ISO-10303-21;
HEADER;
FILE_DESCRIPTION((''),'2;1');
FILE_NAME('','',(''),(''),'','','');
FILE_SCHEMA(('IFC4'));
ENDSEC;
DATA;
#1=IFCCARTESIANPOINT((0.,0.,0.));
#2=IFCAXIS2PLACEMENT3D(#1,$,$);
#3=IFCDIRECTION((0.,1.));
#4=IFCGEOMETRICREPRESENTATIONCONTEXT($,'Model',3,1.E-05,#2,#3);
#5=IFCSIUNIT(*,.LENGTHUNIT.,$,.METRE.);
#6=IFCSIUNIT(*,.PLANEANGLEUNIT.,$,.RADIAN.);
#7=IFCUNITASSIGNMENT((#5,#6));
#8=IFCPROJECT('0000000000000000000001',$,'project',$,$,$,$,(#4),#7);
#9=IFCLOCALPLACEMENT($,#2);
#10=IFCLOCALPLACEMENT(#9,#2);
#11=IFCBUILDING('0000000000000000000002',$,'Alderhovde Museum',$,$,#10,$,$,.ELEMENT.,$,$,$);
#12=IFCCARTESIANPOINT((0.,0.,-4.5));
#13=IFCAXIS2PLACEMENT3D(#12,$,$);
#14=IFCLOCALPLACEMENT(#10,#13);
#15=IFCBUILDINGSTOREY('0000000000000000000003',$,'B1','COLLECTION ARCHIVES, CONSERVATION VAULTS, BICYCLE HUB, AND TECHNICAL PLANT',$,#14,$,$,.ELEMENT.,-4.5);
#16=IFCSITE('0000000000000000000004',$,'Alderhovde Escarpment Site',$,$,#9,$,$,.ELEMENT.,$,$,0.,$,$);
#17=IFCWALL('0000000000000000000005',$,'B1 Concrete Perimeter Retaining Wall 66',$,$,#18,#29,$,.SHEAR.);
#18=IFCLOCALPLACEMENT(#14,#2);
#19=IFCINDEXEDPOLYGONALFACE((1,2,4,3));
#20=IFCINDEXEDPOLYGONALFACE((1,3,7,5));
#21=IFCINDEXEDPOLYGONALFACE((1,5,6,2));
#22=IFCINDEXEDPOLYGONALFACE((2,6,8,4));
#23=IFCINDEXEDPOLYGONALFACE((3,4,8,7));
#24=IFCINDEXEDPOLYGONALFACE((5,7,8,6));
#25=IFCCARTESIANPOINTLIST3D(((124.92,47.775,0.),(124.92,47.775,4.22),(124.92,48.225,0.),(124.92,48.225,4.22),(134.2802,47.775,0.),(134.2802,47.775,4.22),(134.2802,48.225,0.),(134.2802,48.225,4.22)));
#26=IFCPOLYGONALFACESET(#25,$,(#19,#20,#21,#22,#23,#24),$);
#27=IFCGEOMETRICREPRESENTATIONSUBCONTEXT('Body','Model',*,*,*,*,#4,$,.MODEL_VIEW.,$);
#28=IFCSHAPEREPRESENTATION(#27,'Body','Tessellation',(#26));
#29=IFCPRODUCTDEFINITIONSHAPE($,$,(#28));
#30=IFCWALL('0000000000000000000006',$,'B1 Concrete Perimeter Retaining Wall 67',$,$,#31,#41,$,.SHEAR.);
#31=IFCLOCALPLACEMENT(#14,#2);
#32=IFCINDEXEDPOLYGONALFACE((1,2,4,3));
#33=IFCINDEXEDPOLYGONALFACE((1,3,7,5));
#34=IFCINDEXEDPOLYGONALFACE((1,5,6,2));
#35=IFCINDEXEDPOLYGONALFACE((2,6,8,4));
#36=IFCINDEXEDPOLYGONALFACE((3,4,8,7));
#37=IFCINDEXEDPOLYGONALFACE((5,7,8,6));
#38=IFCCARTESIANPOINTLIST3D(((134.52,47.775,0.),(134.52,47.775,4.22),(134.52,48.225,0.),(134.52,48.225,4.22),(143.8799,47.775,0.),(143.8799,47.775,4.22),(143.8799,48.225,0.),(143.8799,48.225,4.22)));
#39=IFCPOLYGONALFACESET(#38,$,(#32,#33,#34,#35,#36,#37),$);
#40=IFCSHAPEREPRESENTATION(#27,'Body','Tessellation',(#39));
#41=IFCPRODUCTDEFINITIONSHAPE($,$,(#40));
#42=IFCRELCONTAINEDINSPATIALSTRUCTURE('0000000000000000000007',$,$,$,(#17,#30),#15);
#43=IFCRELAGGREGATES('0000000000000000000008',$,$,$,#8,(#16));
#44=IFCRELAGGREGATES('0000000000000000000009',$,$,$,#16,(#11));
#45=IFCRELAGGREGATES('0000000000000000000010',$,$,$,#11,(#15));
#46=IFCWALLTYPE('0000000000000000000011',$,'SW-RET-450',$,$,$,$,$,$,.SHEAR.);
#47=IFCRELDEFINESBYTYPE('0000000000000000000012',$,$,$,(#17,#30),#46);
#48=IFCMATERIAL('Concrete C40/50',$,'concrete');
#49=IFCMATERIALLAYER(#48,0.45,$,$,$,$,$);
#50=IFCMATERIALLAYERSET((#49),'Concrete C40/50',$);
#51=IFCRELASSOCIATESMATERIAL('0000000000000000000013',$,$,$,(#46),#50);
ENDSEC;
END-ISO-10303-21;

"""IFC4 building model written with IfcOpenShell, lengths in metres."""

from ifc_helpers import new_model, si_unit, direction, frame, frame_2d, origin, place, context, subcontext, project, spatial, rectangle, extrude, material, layer, layer_set, type_object, element, save


model = new_model("IFC4")

# Units and contexts
model_context = context("Model", 3, precision=1e-05, world=origin(), true_north=direction((0.0, 1.0)))
body_context = subcontext(model_context, "Body", "Model", "MODEL_VIEW")
ifc_project = project(units=[si_unit("LENGTHUNIT", "METRE"), si_unit("PLANEANGLEUNIT", "RADIAN")], contexts=[model_context])

# Site, building, storey
site_placement = place(None, origin())
site = spatial("IfcSite", under=ifc_project, at=site_placement, Name="Alderhovde Escarpment Site", CompositionType="ELEMENT", RefElevation=0.0)
building_placement = place(site_placement, origin())
building = spatial("IfcBuilding", under=site, at=building_placement, Name="Alderhovde Museum", CompositionType="ELEMENT")
storey_placement = place(building_placement, frame((0.0, 0.0, -4.5)))
storey = spatial("IfcBuildingStorey", under=building, at=storey_placement, Name="B1", Description="COLLECTION ARCHIVES, CONSERVATION VAULTS, BICYCLE HUB, AND TECHNICAL PLANT", CompositionType="ELEMENT", Elevation=-4.5)

# Walls
ifc_material_1 = material(Name="Concrete C40/50", Category="concrete")
ifc_layer = layer(ifc_material_1, 0.45)
ifc_layer_set = layer_set([ifc_layer], Name="Concrete C40/50")
wall_type = type_object("IfcWallType", Name="SW-RET-450", PredefinedType="SHEAR", material=ifc_layer_set)
wall_1_placement = place(storey_placement, frame((124.9199, 48.0, 0.0), z_axis=(0.0, 0.0, 1.0), x_axis=(1.0, 0.0, 0.0)))
element("IfcWall", 1, at=wall_1_placement, inside=storey, type_object=wall_type, Name="B1 Concrete Perimeter Retaining Wall 66", PredefinedType="SHEAR", context=body_context, shape_type="SweptSolid", body=[
    extrude(rectangle(XDim=9.3601, YDim=0.45, at=frame_2d((4.6802, 0.0))), origin(), (0.0, 0.0, 1.0), 4.22),
])
wall_2_placement = place(storey_placement, frame((134.52, 48.0, 0.0), z_axis=(0.0, 0.0, 1.0), x_axis=(1.0, 0.0, 0.0)))
element("IfcWall", 2, at=wall_2_placement, inside=storey, type_object=wall_type, Name="B1 Concrete Perimeter Retaining Wall 67", PredefinedType="SHEAR", context=body_context, shape_type="SweptSolid", body=[
    extrude(rectangle(XDim=9.3599, YDim=0.45, at=frame_2d((4.6799, 0.0))), origin(), (0.0, 0.0, 1.0), 4.22),
])

save(model, "model.ifc")
